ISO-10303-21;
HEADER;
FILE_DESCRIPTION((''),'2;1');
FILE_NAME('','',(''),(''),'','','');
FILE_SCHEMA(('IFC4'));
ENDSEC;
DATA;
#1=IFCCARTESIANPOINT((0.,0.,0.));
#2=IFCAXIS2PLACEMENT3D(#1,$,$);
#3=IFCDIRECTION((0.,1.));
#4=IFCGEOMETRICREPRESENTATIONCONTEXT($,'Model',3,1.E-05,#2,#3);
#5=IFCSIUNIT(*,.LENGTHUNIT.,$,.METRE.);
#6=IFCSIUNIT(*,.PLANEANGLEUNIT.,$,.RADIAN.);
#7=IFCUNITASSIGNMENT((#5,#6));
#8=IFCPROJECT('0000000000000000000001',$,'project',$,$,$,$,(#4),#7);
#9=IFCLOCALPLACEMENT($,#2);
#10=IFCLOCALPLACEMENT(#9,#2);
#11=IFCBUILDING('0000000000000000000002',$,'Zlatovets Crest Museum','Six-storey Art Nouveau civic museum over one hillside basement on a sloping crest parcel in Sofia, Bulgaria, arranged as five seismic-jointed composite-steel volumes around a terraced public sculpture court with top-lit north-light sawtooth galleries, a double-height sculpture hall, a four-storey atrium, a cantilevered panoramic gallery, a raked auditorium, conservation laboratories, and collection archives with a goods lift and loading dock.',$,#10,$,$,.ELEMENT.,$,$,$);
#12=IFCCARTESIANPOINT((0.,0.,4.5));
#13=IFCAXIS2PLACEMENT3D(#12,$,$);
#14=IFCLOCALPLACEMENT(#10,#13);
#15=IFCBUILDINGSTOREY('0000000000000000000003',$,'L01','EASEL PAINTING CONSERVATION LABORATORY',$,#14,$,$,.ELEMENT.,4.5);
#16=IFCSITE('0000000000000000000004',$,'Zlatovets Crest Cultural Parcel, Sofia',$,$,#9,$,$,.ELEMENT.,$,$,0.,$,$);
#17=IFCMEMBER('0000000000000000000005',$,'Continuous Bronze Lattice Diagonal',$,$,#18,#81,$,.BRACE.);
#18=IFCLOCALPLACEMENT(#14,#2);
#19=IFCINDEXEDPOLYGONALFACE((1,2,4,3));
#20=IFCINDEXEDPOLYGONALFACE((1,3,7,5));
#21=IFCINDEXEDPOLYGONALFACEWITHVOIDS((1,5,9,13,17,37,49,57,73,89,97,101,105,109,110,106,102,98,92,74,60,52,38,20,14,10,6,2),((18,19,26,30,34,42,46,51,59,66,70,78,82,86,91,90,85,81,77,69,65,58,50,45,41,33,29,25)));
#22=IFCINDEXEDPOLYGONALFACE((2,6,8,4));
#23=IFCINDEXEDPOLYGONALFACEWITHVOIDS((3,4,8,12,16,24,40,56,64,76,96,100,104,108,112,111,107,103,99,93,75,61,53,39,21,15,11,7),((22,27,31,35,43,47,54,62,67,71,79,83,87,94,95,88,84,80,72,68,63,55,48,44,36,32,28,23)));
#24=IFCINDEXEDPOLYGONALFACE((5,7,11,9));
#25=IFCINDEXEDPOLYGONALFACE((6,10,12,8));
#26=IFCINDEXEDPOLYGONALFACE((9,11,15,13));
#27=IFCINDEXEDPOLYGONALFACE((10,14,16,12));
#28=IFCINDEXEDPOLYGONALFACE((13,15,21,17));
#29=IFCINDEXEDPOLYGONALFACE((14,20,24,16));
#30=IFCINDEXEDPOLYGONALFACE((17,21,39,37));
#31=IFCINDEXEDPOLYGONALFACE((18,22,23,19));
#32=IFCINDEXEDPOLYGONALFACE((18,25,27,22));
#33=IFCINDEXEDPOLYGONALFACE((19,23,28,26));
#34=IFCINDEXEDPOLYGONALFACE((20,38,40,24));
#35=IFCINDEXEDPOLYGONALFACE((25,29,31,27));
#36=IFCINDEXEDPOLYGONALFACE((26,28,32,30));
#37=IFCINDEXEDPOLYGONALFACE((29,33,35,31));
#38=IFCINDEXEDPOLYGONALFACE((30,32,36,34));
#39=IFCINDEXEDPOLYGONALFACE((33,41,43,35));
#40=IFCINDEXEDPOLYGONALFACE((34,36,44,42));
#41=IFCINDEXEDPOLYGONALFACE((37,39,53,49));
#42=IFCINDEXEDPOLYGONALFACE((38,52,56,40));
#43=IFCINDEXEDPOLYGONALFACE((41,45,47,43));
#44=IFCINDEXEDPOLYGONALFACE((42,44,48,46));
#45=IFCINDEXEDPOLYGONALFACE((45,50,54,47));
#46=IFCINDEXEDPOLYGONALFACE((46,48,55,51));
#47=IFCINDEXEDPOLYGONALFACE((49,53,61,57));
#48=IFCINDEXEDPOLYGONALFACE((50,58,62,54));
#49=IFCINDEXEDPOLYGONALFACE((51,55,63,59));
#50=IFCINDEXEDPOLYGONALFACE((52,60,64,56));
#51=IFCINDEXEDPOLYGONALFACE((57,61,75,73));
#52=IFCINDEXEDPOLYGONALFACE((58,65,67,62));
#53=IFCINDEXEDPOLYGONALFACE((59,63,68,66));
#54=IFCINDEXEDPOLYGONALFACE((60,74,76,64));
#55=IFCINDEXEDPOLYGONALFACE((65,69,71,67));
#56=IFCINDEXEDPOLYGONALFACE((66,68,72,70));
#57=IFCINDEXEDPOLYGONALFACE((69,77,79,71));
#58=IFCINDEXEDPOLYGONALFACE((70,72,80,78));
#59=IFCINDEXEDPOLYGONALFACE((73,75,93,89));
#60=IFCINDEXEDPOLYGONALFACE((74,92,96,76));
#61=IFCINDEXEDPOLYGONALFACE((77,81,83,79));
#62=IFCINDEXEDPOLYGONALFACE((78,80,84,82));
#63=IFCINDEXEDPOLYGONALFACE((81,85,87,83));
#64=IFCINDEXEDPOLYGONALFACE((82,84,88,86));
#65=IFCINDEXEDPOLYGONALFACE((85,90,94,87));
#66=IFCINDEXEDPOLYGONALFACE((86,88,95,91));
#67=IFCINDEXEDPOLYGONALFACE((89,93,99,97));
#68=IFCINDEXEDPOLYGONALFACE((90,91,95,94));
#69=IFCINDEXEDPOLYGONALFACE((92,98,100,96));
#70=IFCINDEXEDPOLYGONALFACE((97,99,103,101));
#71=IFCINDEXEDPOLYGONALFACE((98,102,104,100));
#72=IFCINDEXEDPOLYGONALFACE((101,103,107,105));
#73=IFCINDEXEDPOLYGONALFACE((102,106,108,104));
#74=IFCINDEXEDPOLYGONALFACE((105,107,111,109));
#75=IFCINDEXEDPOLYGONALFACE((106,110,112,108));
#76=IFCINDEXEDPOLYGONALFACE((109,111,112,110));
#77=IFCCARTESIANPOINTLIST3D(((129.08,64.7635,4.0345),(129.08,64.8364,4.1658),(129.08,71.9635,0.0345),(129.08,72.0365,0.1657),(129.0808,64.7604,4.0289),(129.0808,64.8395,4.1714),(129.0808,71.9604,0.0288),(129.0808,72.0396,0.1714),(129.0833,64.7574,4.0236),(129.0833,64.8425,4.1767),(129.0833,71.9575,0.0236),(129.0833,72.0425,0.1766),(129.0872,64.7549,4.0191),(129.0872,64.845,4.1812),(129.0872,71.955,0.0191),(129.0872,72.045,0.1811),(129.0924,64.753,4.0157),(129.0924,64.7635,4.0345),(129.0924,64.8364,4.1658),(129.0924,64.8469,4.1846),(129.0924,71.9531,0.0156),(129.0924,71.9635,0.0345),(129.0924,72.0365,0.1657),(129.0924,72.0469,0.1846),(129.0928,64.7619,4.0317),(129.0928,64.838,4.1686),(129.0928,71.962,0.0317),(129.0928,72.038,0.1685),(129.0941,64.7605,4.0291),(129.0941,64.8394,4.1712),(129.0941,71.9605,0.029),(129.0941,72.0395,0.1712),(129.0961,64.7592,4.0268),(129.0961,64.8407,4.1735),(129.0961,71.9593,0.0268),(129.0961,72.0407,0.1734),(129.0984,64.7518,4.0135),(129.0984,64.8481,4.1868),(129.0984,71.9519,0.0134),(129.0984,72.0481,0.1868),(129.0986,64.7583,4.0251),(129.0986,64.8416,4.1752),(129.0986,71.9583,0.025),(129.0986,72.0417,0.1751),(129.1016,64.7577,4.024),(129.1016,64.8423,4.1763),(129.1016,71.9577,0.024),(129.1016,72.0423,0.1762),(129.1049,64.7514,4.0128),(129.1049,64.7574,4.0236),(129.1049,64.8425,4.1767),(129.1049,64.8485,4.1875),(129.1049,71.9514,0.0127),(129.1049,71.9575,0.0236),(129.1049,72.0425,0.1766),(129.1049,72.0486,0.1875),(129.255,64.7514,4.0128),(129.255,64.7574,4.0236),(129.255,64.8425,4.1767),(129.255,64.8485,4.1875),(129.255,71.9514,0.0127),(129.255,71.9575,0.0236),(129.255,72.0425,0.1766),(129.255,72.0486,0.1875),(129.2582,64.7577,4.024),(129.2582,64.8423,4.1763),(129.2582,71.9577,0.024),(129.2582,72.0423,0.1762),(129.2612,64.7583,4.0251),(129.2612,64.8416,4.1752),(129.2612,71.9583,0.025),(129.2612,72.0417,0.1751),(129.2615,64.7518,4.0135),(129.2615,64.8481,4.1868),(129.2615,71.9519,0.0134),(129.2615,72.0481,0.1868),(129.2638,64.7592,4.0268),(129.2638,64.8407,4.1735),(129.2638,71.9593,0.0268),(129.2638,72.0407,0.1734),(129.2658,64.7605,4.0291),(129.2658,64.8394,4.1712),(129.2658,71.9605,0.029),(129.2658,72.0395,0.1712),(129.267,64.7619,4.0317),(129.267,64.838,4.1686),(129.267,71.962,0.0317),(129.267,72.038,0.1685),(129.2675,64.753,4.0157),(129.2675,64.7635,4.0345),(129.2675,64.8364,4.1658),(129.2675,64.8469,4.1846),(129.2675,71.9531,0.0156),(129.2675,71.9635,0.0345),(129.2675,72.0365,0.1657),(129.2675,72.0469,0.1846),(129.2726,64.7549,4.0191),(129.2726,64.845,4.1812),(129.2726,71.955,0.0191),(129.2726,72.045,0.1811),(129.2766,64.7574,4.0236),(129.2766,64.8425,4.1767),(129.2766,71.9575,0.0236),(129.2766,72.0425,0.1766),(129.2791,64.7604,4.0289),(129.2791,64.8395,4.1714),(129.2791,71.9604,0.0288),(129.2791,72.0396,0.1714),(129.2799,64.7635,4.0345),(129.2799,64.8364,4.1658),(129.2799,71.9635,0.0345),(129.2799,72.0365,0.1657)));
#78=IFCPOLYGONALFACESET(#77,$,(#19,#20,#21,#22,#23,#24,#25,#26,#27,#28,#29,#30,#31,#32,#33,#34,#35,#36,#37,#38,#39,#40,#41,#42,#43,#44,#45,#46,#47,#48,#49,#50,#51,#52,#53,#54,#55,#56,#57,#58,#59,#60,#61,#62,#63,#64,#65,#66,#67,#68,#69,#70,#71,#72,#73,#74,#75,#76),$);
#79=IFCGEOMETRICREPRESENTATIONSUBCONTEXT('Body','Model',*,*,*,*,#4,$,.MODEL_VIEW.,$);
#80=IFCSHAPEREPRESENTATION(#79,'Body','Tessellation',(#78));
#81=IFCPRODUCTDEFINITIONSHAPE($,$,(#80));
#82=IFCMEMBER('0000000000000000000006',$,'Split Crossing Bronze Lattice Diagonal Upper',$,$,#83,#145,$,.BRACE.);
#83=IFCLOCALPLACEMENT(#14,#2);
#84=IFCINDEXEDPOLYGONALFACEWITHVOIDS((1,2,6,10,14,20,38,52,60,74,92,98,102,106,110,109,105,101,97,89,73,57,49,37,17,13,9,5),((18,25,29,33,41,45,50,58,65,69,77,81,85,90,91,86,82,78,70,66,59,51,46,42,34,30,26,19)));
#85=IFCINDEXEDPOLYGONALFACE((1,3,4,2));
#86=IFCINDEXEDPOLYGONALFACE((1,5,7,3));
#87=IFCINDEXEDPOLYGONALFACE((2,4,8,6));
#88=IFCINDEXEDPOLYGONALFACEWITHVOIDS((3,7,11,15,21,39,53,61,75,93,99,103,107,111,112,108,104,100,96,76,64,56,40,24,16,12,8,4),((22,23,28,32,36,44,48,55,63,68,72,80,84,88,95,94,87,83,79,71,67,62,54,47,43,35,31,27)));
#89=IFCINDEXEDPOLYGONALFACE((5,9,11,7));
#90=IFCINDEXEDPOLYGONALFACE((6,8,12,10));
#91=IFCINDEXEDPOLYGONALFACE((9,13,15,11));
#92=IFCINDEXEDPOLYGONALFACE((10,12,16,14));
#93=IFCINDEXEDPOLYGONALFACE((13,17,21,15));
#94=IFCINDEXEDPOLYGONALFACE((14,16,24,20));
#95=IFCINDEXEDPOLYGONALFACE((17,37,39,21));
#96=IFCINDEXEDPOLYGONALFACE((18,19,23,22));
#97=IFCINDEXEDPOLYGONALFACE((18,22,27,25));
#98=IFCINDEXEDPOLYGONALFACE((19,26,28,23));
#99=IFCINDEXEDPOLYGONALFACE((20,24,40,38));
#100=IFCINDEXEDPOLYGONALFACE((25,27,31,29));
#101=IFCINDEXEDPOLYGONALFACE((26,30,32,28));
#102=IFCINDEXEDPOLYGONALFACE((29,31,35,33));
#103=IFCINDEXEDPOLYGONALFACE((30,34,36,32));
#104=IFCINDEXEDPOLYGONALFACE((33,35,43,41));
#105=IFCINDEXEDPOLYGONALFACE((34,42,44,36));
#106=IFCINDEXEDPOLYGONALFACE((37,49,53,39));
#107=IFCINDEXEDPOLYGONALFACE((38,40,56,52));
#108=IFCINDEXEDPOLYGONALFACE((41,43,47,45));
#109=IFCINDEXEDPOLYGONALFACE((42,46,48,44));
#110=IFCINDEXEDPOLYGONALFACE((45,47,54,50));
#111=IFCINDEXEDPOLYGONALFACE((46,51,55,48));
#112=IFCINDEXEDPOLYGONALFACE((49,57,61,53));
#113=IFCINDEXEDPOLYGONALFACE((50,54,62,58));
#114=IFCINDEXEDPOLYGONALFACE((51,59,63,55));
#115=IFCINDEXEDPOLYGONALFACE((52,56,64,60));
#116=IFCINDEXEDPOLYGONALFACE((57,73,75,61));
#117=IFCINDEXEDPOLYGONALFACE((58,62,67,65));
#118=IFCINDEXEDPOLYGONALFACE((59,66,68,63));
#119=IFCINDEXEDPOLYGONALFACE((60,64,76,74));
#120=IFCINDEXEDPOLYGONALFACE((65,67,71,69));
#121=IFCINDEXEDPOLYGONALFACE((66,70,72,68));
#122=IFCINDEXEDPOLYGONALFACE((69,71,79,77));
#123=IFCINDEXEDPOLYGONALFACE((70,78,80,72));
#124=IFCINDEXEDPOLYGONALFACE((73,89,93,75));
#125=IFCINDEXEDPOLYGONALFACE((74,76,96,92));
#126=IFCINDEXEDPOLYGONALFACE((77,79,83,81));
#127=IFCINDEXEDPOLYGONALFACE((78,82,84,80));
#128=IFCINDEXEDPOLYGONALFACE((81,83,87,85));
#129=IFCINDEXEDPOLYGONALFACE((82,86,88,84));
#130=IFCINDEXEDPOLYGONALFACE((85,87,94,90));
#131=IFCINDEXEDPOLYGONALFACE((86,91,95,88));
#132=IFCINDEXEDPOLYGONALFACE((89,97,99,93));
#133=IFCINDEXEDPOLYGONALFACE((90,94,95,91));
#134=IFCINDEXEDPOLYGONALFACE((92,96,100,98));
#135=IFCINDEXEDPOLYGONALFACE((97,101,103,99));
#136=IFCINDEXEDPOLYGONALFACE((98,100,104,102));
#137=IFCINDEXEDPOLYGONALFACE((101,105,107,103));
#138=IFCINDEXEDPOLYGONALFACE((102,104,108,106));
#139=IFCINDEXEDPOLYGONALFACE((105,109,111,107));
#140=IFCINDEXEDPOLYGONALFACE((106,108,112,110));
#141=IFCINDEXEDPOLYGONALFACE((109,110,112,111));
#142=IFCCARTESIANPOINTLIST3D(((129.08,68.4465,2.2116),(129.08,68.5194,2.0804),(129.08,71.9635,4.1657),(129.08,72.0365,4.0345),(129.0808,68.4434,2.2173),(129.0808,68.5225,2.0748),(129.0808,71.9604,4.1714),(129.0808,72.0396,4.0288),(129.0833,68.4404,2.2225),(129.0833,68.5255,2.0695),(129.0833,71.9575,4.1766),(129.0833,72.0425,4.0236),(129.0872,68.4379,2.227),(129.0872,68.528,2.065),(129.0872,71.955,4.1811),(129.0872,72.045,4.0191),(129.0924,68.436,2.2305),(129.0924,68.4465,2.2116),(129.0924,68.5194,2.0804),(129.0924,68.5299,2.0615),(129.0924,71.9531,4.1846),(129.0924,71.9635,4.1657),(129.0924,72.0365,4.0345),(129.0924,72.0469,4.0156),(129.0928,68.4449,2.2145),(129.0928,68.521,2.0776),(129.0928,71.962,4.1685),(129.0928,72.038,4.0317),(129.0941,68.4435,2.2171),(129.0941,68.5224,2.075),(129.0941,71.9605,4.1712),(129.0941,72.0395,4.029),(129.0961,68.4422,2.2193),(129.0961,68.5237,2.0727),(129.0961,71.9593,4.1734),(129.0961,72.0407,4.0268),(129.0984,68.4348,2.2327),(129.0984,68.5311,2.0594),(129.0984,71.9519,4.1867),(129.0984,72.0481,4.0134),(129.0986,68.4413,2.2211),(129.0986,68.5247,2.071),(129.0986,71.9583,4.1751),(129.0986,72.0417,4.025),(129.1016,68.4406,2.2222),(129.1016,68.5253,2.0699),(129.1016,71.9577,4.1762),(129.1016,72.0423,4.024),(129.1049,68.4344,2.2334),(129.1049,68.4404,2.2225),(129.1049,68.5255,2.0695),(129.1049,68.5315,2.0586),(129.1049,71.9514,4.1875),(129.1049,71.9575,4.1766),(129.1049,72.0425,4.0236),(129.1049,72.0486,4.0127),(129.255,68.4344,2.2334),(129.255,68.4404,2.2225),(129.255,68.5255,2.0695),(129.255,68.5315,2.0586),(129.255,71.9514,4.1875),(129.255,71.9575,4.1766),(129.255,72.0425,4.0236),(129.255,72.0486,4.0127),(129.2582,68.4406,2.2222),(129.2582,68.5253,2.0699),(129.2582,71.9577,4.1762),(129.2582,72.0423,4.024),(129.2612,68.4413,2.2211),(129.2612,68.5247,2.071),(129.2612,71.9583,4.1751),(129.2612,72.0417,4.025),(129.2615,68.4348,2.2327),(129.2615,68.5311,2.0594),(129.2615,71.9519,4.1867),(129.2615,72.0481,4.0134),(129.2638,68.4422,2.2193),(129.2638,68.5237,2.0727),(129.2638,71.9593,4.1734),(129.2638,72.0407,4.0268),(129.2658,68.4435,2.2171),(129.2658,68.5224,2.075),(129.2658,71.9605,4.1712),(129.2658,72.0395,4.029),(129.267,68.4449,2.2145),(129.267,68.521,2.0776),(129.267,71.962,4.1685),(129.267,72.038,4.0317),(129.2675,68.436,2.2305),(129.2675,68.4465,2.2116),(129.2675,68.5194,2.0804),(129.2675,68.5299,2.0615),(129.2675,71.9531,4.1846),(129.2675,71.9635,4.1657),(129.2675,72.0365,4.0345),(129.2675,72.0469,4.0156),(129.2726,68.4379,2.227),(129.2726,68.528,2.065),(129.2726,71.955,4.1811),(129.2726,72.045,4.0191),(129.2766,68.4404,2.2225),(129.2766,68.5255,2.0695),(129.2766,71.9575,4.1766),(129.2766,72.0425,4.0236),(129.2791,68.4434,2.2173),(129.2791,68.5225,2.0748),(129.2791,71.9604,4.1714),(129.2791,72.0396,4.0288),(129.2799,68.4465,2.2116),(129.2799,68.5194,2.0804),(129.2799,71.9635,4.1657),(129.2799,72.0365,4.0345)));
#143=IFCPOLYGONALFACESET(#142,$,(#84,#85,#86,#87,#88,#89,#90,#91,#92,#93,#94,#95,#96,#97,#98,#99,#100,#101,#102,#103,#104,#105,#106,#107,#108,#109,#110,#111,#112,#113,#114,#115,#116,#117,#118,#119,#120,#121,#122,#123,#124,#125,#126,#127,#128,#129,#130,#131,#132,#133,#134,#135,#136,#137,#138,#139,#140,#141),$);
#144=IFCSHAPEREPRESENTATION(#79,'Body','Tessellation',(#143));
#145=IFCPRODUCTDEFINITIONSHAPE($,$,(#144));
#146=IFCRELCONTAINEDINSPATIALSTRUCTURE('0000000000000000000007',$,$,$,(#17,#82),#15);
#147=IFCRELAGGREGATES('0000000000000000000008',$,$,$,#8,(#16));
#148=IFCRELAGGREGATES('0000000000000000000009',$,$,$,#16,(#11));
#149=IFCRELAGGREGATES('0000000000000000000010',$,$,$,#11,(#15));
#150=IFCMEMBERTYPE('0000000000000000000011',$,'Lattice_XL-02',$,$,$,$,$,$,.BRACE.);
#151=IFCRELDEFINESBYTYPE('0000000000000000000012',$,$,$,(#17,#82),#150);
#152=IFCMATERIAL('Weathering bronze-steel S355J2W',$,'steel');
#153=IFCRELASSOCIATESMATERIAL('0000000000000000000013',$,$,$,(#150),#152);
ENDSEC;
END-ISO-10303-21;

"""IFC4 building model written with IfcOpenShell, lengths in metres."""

from ifc_helpers import new_model, si_unit, direction, frame, origin, origin_2d, place, context, subcontext, project, spatial, hollow_rectangle, extrude, material, material_profile, profile_set, type_object, element, save


model = new_model("IFC4")

# Units and contexts
model_context = context("Model", 3, precision=1e-05, world=origin(), true_north=direction((0.0, 1.0)))
body_context = subcontext(model_context, "Body", "Model", "MODEL_VIEW")
ifc_project = project(units=[si_unit("LENGTHUNIT", "METRE"), si_unit("PLANEANGLEUNIT", "RADIAN")], contexts=[model_context])

# Site, building, storey
site_placement = place(None, origin())
site = spatial("IfcSite", under=ifc_project, at=site_placement, Name="Zlatovets Crest Cultural Parcel, Sofia", CompositionType="ELEMENT", RefElevation=0.0)
building_placement = place(site_placement, origin())
building = spatial("IfcBuilding", under=site, at=building_placement, Name="Zlatovets Crest Museum", Description="Six-storey Art Nouveau civic museum over one hillside basement on a sloping crest parcel in Sofia, Bulgaria, arranged as five seismic-jointed composite-steel volumes around a terraced public sculpture court with top-lit north-light sawtooth galleries, a double-height sculpture hall, a four-storey atrium, a cantilevered panoramic gallery, a raked auditorium, conservation laboratories, and collection archives with a goods lift and loading dock.", CompositionType="ELEMENT")
storey_placement = place(building_placement, frame((0.0, 0.0, 4.5)))
storey = spatial("IfcBuildingStorey", under=building, at=storey_placement, Name="L01", Description="EASEL PAINTING CONSERVATION LABORATORY", CompositionType="ELEMENT", Elevation=4.5)

# Members
ifc_material_1 = material(Name="Weathering bronze-steel S355J2W", Category="steel")
ifc_material_profile_1 = material_profile(ifc_material_1, hollow_rectangle(XDim=0.2, YDim=0.2, WallThickness=0.0125, InnerFilletRadius=0.0125, OuterFilletRadius=0.0249, at=origin_2d()), Name="SHS 200x200x12.5")
ifc_profile_set_1 = profile_set([ifc_material_profile_1], Name="Weathering bronze-steel S355J2W")
member_type_1 = type_object("IfcMemberType", Name="Lattice_XL-02", PredefinedType="BRACE", material=ifc_profile_set_1)
member_1_placement = place(storey_placement, frame((129.1799, 72.0, 0.1001), z_axis=(0.0, -0.874156, 0.485645), x_axis=(1.0, 0.0, 0.0)))
element("IfcMember", 1, at=member_1_placement, inside=storey, type_object=member_type_1, Name="Continuous Bronze Lattice Diagonal", PredefinedType="BRACE", context=body_context, shape_type="SweptSolid", body=[
    extrude(hollow_rectangle(XDim=0.2, YDim=0.2, WallThickness=0.0125, InnerFilletRadius=0.0125, OuterFilletRadius=0.0249, at=origin_2d()), origin(), (0.0, 0.0, 1.0), 8.2366),
])
member_2_placement = place(storey_placement, frame((129.1799, 72.0, 4.1001), z_axis=(0.0, -0.87414, -0.485674), x_axis=(1.0, 0.0, 0.0)))
element("IfcMember", 2, at=member_2_placement, inside=storey, type_object=member_type_1, Name="Split Crossing Bronze Lattice Diagonal Upper", PredefinedType="BRACE", context=body_context, shape_type="SweptSolid", body=[
    extrude(hollow_rectangle(XDim=0.2, YDim=0.2, WallThickness=0.0125, InnerFilletRadius=0.0125, OuterFilletRadius=0.0249, at=origin_2d()), origin(), (0.0, 0.0, 1.0), 4.0234),
])

save(model, "model.ifc")
